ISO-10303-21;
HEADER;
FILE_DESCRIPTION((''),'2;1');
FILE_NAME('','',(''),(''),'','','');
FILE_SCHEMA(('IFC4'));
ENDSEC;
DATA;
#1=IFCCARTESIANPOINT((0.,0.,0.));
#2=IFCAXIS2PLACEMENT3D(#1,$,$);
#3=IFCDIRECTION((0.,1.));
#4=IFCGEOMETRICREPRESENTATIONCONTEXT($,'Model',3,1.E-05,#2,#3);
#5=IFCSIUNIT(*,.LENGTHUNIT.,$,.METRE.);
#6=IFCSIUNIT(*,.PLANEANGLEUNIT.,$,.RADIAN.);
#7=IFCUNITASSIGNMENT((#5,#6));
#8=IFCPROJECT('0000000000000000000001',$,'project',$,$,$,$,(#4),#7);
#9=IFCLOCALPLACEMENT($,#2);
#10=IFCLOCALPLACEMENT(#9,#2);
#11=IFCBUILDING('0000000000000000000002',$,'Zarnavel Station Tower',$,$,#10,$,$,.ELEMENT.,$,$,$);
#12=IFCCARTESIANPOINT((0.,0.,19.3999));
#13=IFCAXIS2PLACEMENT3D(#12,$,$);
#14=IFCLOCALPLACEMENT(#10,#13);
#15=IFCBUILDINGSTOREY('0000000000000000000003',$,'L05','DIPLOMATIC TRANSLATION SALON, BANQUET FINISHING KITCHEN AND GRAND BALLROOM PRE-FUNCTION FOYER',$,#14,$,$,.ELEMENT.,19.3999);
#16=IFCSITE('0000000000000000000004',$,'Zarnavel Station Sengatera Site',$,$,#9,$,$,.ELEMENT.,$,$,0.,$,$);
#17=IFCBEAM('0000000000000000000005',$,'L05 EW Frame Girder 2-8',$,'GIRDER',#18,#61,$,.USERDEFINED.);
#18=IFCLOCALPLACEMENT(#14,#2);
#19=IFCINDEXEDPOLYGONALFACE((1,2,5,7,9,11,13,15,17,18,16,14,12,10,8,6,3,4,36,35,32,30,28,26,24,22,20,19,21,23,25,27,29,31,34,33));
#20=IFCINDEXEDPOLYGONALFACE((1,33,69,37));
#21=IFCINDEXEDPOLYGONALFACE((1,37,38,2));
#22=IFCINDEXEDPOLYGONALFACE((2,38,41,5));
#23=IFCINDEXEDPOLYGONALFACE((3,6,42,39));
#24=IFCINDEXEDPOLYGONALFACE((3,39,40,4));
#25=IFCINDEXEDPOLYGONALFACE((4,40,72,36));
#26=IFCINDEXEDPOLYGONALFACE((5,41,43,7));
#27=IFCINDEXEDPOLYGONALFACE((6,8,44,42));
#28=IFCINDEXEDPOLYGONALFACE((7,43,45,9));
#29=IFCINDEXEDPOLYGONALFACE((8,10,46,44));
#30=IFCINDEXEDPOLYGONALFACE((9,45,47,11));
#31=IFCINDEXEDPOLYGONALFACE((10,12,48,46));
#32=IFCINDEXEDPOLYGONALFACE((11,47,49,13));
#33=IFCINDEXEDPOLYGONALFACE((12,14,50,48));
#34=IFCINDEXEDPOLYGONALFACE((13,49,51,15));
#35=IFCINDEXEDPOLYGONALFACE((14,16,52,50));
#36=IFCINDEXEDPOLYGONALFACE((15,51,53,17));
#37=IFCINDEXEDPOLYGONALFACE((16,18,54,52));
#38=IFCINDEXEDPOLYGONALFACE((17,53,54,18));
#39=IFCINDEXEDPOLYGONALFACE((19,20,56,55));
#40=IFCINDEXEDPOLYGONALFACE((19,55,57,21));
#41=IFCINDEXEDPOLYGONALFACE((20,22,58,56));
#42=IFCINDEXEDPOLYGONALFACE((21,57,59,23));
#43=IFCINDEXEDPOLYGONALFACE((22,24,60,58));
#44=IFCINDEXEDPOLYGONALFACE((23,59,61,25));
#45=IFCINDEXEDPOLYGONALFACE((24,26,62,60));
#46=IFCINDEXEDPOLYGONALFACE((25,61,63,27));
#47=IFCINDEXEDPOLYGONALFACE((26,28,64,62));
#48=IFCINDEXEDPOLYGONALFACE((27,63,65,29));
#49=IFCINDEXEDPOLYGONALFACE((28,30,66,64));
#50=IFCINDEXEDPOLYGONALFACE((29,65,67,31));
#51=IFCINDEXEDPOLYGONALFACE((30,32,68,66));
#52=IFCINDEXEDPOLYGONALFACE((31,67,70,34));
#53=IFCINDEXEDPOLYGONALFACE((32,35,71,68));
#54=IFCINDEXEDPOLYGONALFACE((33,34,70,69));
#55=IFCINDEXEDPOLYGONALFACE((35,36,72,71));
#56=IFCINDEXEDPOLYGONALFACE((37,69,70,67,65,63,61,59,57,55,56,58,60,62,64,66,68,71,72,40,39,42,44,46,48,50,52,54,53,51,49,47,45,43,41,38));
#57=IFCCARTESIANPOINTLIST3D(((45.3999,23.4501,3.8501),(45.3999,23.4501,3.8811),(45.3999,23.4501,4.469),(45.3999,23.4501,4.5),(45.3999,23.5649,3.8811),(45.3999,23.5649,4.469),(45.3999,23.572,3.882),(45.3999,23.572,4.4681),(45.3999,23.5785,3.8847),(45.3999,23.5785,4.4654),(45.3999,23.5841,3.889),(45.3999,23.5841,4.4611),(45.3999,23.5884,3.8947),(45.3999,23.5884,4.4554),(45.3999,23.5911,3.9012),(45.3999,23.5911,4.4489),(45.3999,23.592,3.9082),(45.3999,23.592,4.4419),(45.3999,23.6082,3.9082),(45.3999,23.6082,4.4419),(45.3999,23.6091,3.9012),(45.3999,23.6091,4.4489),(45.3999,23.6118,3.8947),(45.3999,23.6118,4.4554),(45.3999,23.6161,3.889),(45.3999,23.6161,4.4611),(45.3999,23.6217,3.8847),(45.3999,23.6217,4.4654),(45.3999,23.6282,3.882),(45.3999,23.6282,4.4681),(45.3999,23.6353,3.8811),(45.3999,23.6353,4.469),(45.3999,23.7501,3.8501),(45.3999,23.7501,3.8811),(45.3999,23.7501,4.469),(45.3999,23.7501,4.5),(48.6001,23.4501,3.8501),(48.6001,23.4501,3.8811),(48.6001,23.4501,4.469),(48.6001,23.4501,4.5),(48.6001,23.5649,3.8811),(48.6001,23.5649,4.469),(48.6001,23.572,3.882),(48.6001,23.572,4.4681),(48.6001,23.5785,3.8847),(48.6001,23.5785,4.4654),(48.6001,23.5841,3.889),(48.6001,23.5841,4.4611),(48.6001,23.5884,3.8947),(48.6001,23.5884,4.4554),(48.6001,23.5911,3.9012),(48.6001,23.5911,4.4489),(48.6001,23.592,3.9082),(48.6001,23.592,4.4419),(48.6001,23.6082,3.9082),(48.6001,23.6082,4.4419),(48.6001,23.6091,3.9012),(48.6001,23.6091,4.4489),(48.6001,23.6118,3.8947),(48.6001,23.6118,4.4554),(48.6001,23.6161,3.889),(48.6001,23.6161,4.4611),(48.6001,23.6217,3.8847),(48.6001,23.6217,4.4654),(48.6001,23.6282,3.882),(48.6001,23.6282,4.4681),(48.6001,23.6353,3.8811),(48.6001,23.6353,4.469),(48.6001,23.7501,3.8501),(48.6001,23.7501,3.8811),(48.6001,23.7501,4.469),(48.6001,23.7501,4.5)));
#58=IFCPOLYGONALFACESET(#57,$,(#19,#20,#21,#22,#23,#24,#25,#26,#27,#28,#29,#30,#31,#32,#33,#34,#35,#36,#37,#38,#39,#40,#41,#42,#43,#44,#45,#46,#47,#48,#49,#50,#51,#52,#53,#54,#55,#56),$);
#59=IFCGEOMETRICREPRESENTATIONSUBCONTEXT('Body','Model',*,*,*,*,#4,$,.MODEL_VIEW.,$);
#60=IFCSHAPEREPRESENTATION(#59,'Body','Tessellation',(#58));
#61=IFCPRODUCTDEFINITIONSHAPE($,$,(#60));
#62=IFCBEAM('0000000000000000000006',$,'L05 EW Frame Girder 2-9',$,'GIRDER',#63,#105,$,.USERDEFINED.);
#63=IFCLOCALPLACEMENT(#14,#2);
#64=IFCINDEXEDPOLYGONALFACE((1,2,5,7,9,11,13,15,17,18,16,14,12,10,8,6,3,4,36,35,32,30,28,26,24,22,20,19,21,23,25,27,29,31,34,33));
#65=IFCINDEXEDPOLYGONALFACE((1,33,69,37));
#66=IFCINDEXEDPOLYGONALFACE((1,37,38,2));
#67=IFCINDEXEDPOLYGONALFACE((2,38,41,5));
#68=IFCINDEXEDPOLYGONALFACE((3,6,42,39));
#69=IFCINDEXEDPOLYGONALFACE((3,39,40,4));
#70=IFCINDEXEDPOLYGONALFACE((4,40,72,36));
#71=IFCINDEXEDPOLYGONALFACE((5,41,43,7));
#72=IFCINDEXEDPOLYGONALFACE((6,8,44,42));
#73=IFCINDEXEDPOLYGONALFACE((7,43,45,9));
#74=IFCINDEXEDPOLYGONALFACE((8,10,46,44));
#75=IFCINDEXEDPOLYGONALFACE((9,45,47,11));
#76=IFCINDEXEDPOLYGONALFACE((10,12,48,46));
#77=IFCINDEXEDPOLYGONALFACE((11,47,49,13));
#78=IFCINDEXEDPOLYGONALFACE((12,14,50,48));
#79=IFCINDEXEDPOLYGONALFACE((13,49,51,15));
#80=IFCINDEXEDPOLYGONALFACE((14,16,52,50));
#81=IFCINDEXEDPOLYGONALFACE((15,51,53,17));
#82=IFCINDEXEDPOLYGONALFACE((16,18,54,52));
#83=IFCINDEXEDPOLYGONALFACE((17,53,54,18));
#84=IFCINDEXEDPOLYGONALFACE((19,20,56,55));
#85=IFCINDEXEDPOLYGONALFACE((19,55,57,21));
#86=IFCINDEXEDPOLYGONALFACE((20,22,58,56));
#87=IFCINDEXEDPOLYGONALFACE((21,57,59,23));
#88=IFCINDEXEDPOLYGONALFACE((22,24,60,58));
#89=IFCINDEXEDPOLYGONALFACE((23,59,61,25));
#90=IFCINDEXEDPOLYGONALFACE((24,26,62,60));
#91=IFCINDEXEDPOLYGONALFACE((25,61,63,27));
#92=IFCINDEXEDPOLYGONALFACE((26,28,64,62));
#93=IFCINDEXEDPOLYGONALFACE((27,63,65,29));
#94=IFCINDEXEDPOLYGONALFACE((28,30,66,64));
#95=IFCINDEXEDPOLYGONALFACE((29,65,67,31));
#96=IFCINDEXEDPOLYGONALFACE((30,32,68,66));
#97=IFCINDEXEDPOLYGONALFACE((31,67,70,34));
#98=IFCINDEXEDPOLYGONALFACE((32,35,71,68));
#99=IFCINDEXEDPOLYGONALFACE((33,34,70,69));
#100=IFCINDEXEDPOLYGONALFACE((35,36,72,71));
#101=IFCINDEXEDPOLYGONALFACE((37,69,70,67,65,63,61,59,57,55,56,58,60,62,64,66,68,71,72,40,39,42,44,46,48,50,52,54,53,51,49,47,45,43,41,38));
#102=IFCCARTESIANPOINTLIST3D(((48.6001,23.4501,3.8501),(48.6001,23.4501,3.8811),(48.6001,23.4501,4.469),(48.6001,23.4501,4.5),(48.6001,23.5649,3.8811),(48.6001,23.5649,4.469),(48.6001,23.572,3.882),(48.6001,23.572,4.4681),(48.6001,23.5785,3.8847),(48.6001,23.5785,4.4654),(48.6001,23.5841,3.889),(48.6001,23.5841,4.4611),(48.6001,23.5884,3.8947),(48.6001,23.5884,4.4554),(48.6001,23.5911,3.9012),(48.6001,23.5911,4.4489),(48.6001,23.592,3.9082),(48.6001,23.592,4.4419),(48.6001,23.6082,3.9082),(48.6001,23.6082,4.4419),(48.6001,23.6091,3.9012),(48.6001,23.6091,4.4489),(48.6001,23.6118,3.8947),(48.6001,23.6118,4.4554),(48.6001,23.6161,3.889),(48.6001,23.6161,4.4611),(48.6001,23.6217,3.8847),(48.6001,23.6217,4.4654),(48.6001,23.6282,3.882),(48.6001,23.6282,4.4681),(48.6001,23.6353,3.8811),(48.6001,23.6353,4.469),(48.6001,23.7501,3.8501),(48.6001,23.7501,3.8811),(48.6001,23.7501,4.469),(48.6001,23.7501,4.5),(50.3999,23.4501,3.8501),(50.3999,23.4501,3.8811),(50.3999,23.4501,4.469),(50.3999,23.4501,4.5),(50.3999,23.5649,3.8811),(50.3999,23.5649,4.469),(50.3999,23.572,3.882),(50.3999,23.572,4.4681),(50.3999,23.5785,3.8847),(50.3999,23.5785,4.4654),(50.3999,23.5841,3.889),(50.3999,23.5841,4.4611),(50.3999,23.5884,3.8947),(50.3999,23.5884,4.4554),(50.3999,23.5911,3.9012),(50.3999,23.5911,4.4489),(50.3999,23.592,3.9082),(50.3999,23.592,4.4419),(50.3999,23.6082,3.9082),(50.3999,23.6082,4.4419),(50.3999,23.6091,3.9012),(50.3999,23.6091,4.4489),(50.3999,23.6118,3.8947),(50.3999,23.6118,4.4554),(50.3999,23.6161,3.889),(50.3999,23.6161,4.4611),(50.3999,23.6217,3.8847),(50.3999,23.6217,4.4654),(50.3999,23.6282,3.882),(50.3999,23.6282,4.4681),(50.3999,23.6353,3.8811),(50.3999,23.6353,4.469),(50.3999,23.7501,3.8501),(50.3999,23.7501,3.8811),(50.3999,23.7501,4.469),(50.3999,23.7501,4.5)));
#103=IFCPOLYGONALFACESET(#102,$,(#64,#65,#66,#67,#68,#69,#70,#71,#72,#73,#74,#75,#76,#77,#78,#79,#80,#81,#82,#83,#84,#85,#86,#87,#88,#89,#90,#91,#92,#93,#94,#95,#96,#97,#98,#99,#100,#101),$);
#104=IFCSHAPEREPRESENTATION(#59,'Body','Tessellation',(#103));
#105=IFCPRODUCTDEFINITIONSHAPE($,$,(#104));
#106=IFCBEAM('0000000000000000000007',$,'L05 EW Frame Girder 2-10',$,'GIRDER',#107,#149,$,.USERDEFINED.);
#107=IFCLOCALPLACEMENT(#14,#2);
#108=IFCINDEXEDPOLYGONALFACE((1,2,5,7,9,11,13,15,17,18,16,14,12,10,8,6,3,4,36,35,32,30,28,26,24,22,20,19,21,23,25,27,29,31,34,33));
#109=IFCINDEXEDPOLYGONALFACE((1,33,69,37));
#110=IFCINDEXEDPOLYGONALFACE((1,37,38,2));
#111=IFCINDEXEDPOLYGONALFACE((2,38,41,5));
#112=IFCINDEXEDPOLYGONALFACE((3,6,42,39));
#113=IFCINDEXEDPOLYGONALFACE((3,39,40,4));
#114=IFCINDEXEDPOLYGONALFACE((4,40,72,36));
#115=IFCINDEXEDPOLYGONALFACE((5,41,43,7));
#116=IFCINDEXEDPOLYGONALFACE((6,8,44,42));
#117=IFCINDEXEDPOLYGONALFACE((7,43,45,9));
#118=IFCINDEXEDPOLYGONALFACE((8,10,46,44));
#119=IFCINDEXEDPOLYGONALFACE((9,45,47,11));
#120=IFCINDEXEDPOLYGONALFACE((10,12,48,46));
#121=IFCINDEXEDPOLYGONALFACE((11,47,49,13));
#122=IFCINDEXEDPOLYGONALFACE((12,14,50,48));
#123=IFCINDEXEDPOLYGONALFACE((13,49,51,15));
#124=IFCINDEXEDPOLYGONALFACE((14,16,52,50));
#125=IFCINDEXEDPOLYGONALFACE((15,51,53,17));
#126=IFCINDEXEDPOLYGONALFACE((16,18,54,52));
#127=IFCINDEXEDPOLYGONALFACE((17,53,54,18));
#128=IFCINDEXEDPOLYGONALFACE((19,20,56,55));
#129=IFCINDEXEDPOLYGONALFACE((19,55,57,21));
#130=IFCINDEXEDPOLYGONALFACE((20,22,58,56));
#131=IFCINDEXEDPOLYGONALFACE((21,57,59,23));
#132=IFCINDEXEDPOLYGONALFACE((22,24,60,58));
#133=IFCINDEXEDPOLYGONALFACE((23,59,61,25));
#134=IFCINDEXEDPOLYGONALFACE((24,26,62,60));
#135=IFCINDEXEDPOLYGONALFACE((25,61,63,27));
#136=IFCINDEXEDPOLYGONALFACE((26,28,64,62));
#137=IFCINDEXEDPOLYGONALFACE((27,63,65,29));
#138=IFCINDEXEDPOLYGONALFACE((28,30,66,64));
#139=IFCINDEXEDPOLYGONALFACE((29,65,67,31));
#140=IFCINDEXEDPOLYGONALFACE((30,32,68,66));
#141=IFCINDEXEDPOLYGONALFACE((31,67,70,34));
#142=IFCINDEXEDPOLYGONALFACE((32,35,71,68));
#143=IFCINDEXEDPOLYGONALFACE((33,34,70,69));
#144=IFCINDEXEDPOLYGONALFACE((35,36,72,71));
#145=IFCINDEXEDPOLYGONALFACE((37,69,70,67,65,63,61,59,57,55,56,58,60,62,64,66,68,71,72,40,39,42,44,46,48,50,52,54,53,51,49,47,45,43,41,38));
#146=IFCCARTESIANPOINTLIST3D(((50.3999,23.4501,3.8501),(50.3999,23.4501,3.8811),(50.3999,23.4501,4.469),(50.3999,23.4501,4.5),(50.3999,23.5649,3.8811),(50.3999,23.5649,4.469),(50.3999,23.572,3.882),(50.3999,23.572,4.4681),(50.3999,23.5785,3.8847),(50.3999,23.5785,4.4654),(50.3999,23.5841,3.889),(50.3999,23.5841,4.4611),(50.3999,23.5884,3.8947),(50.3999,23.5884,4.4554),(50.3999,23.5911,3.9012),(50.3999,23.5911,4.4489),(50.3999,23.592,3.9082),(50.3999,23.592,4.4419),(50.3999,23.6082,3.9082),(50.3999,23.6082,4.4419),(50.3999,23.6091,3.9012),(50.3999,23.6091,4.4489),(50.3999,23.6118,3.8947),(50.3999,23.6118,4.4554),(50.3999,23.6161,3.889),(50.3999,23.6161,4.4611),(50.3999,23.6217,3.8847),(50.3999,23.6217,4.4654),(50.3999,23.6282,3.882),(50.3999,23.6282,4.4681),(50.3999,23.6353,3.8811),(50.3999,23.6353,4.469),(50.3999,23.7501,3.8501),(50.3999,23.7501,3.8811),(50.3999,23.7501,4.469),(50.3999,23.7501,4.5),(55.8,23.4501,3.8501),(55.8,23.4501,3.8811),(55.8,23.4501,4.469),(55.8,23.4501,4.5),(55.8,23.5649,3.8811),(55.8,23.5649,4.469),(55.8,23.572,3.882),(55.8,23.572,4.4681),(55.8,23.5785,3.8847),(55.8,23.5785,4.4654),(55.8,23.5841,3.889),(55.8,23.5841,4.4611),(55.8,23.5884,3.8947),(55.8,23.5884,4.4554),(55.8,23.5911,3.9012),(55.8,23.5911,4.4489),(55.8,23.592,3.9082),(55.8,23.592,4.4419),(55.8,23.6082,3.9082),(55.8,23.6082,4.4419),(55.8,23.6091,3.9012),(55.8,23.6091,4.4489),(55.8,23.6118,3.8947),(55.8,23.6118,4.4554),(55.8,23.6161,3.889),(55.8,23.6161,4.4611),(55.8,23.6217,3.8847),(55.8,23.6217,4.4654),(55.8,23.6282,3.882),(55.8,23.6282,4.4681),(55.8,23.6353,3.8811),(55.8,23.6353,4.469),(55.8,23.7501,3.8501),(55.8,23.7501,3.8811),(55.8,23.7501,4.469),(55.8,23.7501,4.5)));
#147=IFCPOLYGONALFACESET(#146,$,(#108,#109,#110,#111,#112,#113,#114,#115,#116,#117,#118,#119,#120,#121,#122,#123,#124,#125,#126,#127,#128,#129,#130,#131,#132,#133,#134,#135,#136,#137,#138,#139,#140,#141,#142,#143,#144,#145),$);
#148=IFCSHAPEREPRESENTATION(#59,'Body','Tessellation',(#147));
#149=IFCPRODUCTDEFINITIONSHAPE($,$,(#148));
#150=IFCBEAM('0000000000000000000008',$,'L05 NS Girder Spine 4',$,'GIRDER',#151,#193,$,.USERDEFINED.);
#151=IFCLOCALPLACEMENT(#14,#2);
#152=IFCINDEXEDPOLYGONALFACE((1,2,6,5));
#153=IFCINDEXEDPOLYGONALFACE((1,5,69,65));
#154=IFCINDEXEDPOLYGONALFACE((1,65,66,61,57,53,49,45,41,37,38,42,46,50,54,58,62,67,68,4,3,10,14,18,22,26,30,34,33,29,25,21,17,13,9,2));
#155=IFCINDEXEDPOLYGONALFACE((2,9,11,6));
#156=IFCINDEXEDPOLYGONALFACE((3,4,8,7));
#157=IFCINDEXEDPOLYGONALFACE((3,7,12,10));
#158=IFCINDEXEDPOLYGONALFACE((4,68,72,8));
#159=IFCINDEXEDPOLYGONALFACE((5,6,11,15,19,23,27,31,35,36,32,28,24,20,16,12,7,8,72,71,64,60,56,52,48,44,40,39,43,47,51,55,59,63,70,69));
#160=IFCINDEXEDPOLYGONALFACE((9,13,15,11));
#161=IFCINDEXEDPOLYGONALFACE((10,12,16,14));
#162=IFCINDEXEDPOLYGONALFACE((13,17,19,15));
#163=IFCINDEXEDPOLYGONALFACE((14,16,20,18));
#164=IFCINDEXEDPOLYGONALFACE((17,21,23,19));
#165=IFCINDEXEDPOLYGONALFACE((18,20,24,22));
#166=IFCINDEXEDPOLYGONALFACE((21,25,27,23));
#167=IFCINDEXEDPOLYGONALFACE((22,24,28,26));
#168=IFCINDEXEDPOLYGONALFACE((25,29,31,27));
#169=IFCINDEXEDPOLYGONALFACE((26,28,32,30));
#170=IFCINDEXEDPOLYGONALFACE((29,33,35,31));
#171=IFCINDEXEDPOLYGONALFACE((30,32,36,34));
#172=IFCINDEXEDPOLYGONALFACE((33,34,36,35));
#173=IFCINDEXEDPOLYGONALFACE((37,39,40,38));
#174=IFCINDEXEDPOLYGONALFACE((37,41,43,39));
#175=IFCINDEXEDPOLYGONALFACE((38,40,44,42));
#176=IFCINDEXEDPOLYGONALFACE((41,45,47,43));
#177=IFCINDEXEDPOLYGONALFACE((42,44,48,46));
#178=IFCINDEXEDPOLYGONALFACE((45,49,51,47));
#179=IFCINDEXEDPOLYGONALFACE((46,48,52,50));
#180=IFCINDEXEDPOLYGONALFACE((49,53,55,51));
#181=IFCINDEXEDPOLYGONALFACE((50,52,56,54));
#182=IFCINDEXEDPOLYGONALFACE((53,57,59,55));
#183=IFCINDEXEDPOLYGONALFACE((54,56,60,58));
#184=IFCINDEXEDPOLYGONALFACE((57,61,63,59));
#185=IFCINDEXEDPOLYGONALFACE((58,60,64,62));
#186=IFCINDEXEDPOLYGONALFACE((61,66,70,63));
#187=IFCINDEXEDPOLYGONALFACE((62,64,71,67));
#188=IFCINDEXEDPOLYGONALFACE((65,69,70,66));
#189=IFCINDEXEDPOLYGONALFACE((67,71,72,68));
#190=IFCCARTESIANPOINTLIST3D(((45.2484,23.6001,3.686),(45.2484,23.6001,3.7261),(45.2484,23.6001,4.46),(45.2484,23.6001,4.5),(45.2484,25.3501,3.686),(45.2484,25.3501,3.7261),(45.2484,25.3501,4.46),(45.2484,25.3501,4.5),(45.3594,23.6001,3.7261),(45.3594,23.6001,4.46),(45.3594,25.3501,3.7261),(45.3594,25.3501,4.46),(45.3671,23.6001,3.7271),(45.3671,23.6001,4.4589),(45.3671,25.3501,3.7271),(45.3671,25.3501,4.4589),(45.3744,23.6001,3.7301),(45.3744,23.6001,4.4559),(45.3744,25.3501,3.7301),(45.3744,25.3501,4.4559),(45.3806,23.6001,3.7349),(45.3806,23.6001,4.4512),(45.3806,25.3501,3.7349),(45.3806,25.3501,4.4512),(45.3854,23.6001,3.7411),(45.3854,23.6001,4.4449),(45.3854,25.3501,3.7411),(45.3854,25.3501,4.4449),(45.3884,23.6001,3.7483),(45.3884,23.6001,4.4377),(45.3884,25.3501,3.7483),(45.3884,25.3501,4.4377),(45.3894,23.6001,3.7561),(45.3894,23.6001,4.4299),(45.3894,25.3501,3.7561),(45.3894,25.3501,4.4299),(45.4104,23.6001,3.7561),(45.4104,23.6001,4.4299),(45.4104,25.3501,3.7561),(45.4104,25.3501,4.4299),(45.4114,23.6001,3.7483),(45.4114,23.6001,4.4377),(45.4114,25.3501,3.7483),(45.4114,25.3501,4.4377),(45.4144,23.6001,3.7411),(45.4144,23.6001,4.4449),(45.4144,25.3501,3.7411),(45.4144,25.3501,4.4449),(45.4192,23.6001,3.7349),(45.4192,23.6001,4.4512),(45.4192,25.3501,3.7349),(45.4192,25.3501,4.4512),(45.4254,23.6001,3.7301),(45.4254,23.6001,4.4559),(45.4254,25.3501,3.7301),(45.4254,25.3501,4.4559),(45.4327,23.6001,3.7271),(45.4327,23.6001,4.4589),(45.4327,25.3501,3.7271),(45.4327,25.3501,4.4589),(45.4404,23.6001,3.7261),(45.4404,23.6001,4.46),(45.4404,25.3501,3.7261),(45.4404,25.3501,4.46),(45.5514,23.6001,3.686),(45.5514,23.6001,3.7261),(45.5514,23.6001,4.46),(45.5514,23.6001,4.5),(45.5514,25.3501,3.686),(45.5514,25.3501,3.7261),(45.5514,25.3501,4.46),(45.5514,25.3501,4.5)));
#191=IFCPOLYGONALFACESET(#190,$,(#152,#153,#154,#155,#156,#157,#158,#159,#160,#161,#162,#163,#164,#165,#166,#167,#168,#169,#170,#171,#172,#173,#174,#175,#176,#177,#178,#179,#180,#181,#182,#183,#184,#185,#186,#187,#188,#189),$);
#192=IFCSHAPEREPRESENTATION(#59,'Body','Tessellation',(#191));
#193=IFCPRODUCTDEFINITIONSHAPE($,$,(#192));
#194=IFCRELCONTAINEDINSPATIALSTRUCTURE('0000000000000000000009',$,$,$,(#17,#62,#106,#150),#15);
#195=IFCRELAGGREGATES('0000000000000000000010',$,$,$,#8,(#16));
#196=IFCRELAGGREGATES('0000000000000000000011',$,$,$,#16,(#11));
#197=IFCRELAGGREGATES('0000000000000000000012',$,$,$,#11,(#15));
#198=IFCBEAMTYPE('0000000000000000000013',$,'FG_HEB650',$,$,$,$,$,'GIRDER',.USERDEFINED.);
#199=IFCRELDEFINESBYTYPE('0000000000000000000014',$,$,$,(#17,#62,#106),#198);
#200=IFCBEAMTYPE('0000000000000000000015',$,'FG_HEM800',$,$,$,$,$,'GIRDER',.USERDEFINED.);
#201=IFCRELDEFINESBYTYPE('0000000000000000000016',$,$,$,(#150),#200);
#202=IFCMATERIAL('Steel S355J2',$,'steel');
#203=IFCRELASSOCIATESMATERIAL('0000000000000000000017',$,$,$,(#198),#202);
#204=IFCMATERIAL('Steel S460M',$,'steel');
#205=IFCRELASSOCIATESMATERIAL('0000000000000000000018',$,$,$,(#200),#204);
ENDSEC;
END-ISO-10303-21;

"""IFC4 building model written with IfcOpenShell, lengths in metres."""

from ifc_helpers import new_model, si_unit, direction, frame, origin, origin_2d, place, context, subcontext, project, spatial, i_section, extrude, material, material_profile, profile_set, type_object, element, save


model = new_model("IFC4")

# Units and contexts
model_context = context("Model", 3, precision=1e-05, world=origin(), true_north=direction((0.0, 1.0)))
body_context = subcontext(model_context, "Body", "Model", "MODEL_VIEW")
ifc_project = project(units=[si_unit("LENGTHUNIT", "METRE"), si_unit("PLANEANGLEUNIT", "RADIAN")], contexts=[model_context])

# Site, building, storey
site_placement = place(None, origin())
site = spatial("IfcSite", under=ifc_project, at=site_placement, Name="Zarnavel Station Sengatera Site", CompositionType="ELEMENT", RefElevation=0.0)
building_placement = place(site_placement, origin())
building = spatial("IfcBuilding", under=site, at=building_placement, Name="Zarnavel Station Tower", CompositionType="ELEMENT")
storey_placement = place(building_placement, frame((0.0, 0.0, 19.3999)))
storey = spatial("IfcBuildingStorey", under=building, at=storey_placement, Name="L05", Description="DIPLOMATIC TRANSLATION SALON, BANQUET FINISHING KITCHEN AND GRAND BALLROOM PRE-FUNCTION FOYER", CompositionType="ELEMENT", Elevation=19.3999)

# Beams
ifc_material_1 = material(Name="Steel S355J2", Category="steel")
ifc_material_profile_1 = material_profile(ifc_material_1, i_section(OverallWidth=0.3, OverallDepth=0.6499, WebThickness=0.0161, FlangeThickness=0.031, FilletRadius=0.0271, at=origin_2d()), Name="HEB650")
ifc_profile_set_1 = profile_set([ifc_material_profile_1], Name="Steel S355J2")
beam_type_1 = type_object("IfcBeamType", Name="FG_HEB650", ElementType="GIRDER", PredefinedType="USERDEFINED", material=ifc_profile_set_1)
beam_1_placement = place(storey_placement, frame((45.3999, 23.6001, 4.175), z_axis=(1.0, 0.0, 0.0), x_axis=(0.0, 1.0, 0.0)))
element("IfcBeam", 1, at=beam_1_placement, inside=storey, type_object=beam_type_1, Name="L05 EW Frame Girder 2-8", ObjectType="GIRDER", PredefinedType="USERDEFINED", context=body_context, shape_type="SweptSolid", body=[
    extrude(i_section(OverallWidth=0.3, OverallDepth=0.6499, WebThickness=0.0161, FlangeThickness=0.031, FilletRadius=0.0271, at=origin_2d()), origin(), (0.0, 0.0, 1.0), 3.2002),
])
beam_2_placement = place(storey_placement, frame((48.6001, 23.6001, 4.175), z_axis=(1.0, 0.0, 0.0), x_axis=(0.0, 1.0, 0.0)))
element("IfcBeam", 2, at=beam_2_placement, inside=storey, type_object=beam_type_1, Name="L05 EW Frame Girder 2-9", ObjectType="GIRDER", PredefinedType="USERDEFINED", context=body_context, shape_type="SweptSolid", body=[
    extrude(i_section(OverallWidth=0.3, OverallDepth=0.6499, WebThickness=0.0161, FlangeThickness=0.031, FilletRadius=0.0271, at=origin_2d()), origin(), (0.0, 0.0, 1.0), 1.7998),
])
beam_3_placement = place(storey_placement, frame((50.3999, 23.6001, 4.175), z_axis=(1.0, 0.0, 0.0), x_axis=(0.0, 1.0, 0.0)))
element("IfcBeam", 3, at=beam_3_placement, inside=storey, type_object=beam_type_1, Name="L05 EW Frame Girder 2-10", ObjectType="GIRDER", PredefinedType="USERDEFINED", context=body_context, shape_type="SweptSolid", body=[
    extrude(i_section(OverallWidth=0.3, OverallDepth=0.6499, WebThickness=0.0161, FlangeThickness=0.031, FilletRadius=0.0271, at=origin_2d()), origin(), (0.0, 0.0, 1.0), 5.4001),
])
ifc_material_2 = material(Name="Steel S460M", Category="steel")
ifc_material_profile_2 = material_profile(ifc_material_2, i_section(OverallWidth=0.303, OverallDepth=0.814, WebThickness=0.021, FlangeThickness=0.04, FilletRadius=0.03, at=origin_2d()), Name="HEM800")
ifc_profile_set_2 = profile_set([ifc_material_profile_2], Name="Steel S460M")
beam_type_2 = type_object("IfcBeamType", Name="FG_HEM800", ElementType="GIRDER", PredefinedType="USERDEFINED", material=ifc_profile_set_2)
beam_4_placement = place(storey_placement, frame((45.3999, 23.6001, 4.093), z_axis=(0.0, 1.0, 0.0), x_axis=(-1.0, 0.0, 0.0)))
element("IfcBeam", 4, at=beam_4_placement, inside=storey, type_object=beam_type_2, Name="L05 NS Girder Spine 4", ObjectType="GIRDER", PredefinedType="USERDEFINED", context=body_context, shape_type="SweptSolid", body=[
    extrude(i_section(OverallWidth=0.303, OverallDepth=0.814, WebThickness=0.021, FlangeThickness=0.04, FilletRadius=0.03, at=origin_2d()), origin(), (0.0, 0.0, 1.0), 1.75),
])

save(model, "model.ifc")
